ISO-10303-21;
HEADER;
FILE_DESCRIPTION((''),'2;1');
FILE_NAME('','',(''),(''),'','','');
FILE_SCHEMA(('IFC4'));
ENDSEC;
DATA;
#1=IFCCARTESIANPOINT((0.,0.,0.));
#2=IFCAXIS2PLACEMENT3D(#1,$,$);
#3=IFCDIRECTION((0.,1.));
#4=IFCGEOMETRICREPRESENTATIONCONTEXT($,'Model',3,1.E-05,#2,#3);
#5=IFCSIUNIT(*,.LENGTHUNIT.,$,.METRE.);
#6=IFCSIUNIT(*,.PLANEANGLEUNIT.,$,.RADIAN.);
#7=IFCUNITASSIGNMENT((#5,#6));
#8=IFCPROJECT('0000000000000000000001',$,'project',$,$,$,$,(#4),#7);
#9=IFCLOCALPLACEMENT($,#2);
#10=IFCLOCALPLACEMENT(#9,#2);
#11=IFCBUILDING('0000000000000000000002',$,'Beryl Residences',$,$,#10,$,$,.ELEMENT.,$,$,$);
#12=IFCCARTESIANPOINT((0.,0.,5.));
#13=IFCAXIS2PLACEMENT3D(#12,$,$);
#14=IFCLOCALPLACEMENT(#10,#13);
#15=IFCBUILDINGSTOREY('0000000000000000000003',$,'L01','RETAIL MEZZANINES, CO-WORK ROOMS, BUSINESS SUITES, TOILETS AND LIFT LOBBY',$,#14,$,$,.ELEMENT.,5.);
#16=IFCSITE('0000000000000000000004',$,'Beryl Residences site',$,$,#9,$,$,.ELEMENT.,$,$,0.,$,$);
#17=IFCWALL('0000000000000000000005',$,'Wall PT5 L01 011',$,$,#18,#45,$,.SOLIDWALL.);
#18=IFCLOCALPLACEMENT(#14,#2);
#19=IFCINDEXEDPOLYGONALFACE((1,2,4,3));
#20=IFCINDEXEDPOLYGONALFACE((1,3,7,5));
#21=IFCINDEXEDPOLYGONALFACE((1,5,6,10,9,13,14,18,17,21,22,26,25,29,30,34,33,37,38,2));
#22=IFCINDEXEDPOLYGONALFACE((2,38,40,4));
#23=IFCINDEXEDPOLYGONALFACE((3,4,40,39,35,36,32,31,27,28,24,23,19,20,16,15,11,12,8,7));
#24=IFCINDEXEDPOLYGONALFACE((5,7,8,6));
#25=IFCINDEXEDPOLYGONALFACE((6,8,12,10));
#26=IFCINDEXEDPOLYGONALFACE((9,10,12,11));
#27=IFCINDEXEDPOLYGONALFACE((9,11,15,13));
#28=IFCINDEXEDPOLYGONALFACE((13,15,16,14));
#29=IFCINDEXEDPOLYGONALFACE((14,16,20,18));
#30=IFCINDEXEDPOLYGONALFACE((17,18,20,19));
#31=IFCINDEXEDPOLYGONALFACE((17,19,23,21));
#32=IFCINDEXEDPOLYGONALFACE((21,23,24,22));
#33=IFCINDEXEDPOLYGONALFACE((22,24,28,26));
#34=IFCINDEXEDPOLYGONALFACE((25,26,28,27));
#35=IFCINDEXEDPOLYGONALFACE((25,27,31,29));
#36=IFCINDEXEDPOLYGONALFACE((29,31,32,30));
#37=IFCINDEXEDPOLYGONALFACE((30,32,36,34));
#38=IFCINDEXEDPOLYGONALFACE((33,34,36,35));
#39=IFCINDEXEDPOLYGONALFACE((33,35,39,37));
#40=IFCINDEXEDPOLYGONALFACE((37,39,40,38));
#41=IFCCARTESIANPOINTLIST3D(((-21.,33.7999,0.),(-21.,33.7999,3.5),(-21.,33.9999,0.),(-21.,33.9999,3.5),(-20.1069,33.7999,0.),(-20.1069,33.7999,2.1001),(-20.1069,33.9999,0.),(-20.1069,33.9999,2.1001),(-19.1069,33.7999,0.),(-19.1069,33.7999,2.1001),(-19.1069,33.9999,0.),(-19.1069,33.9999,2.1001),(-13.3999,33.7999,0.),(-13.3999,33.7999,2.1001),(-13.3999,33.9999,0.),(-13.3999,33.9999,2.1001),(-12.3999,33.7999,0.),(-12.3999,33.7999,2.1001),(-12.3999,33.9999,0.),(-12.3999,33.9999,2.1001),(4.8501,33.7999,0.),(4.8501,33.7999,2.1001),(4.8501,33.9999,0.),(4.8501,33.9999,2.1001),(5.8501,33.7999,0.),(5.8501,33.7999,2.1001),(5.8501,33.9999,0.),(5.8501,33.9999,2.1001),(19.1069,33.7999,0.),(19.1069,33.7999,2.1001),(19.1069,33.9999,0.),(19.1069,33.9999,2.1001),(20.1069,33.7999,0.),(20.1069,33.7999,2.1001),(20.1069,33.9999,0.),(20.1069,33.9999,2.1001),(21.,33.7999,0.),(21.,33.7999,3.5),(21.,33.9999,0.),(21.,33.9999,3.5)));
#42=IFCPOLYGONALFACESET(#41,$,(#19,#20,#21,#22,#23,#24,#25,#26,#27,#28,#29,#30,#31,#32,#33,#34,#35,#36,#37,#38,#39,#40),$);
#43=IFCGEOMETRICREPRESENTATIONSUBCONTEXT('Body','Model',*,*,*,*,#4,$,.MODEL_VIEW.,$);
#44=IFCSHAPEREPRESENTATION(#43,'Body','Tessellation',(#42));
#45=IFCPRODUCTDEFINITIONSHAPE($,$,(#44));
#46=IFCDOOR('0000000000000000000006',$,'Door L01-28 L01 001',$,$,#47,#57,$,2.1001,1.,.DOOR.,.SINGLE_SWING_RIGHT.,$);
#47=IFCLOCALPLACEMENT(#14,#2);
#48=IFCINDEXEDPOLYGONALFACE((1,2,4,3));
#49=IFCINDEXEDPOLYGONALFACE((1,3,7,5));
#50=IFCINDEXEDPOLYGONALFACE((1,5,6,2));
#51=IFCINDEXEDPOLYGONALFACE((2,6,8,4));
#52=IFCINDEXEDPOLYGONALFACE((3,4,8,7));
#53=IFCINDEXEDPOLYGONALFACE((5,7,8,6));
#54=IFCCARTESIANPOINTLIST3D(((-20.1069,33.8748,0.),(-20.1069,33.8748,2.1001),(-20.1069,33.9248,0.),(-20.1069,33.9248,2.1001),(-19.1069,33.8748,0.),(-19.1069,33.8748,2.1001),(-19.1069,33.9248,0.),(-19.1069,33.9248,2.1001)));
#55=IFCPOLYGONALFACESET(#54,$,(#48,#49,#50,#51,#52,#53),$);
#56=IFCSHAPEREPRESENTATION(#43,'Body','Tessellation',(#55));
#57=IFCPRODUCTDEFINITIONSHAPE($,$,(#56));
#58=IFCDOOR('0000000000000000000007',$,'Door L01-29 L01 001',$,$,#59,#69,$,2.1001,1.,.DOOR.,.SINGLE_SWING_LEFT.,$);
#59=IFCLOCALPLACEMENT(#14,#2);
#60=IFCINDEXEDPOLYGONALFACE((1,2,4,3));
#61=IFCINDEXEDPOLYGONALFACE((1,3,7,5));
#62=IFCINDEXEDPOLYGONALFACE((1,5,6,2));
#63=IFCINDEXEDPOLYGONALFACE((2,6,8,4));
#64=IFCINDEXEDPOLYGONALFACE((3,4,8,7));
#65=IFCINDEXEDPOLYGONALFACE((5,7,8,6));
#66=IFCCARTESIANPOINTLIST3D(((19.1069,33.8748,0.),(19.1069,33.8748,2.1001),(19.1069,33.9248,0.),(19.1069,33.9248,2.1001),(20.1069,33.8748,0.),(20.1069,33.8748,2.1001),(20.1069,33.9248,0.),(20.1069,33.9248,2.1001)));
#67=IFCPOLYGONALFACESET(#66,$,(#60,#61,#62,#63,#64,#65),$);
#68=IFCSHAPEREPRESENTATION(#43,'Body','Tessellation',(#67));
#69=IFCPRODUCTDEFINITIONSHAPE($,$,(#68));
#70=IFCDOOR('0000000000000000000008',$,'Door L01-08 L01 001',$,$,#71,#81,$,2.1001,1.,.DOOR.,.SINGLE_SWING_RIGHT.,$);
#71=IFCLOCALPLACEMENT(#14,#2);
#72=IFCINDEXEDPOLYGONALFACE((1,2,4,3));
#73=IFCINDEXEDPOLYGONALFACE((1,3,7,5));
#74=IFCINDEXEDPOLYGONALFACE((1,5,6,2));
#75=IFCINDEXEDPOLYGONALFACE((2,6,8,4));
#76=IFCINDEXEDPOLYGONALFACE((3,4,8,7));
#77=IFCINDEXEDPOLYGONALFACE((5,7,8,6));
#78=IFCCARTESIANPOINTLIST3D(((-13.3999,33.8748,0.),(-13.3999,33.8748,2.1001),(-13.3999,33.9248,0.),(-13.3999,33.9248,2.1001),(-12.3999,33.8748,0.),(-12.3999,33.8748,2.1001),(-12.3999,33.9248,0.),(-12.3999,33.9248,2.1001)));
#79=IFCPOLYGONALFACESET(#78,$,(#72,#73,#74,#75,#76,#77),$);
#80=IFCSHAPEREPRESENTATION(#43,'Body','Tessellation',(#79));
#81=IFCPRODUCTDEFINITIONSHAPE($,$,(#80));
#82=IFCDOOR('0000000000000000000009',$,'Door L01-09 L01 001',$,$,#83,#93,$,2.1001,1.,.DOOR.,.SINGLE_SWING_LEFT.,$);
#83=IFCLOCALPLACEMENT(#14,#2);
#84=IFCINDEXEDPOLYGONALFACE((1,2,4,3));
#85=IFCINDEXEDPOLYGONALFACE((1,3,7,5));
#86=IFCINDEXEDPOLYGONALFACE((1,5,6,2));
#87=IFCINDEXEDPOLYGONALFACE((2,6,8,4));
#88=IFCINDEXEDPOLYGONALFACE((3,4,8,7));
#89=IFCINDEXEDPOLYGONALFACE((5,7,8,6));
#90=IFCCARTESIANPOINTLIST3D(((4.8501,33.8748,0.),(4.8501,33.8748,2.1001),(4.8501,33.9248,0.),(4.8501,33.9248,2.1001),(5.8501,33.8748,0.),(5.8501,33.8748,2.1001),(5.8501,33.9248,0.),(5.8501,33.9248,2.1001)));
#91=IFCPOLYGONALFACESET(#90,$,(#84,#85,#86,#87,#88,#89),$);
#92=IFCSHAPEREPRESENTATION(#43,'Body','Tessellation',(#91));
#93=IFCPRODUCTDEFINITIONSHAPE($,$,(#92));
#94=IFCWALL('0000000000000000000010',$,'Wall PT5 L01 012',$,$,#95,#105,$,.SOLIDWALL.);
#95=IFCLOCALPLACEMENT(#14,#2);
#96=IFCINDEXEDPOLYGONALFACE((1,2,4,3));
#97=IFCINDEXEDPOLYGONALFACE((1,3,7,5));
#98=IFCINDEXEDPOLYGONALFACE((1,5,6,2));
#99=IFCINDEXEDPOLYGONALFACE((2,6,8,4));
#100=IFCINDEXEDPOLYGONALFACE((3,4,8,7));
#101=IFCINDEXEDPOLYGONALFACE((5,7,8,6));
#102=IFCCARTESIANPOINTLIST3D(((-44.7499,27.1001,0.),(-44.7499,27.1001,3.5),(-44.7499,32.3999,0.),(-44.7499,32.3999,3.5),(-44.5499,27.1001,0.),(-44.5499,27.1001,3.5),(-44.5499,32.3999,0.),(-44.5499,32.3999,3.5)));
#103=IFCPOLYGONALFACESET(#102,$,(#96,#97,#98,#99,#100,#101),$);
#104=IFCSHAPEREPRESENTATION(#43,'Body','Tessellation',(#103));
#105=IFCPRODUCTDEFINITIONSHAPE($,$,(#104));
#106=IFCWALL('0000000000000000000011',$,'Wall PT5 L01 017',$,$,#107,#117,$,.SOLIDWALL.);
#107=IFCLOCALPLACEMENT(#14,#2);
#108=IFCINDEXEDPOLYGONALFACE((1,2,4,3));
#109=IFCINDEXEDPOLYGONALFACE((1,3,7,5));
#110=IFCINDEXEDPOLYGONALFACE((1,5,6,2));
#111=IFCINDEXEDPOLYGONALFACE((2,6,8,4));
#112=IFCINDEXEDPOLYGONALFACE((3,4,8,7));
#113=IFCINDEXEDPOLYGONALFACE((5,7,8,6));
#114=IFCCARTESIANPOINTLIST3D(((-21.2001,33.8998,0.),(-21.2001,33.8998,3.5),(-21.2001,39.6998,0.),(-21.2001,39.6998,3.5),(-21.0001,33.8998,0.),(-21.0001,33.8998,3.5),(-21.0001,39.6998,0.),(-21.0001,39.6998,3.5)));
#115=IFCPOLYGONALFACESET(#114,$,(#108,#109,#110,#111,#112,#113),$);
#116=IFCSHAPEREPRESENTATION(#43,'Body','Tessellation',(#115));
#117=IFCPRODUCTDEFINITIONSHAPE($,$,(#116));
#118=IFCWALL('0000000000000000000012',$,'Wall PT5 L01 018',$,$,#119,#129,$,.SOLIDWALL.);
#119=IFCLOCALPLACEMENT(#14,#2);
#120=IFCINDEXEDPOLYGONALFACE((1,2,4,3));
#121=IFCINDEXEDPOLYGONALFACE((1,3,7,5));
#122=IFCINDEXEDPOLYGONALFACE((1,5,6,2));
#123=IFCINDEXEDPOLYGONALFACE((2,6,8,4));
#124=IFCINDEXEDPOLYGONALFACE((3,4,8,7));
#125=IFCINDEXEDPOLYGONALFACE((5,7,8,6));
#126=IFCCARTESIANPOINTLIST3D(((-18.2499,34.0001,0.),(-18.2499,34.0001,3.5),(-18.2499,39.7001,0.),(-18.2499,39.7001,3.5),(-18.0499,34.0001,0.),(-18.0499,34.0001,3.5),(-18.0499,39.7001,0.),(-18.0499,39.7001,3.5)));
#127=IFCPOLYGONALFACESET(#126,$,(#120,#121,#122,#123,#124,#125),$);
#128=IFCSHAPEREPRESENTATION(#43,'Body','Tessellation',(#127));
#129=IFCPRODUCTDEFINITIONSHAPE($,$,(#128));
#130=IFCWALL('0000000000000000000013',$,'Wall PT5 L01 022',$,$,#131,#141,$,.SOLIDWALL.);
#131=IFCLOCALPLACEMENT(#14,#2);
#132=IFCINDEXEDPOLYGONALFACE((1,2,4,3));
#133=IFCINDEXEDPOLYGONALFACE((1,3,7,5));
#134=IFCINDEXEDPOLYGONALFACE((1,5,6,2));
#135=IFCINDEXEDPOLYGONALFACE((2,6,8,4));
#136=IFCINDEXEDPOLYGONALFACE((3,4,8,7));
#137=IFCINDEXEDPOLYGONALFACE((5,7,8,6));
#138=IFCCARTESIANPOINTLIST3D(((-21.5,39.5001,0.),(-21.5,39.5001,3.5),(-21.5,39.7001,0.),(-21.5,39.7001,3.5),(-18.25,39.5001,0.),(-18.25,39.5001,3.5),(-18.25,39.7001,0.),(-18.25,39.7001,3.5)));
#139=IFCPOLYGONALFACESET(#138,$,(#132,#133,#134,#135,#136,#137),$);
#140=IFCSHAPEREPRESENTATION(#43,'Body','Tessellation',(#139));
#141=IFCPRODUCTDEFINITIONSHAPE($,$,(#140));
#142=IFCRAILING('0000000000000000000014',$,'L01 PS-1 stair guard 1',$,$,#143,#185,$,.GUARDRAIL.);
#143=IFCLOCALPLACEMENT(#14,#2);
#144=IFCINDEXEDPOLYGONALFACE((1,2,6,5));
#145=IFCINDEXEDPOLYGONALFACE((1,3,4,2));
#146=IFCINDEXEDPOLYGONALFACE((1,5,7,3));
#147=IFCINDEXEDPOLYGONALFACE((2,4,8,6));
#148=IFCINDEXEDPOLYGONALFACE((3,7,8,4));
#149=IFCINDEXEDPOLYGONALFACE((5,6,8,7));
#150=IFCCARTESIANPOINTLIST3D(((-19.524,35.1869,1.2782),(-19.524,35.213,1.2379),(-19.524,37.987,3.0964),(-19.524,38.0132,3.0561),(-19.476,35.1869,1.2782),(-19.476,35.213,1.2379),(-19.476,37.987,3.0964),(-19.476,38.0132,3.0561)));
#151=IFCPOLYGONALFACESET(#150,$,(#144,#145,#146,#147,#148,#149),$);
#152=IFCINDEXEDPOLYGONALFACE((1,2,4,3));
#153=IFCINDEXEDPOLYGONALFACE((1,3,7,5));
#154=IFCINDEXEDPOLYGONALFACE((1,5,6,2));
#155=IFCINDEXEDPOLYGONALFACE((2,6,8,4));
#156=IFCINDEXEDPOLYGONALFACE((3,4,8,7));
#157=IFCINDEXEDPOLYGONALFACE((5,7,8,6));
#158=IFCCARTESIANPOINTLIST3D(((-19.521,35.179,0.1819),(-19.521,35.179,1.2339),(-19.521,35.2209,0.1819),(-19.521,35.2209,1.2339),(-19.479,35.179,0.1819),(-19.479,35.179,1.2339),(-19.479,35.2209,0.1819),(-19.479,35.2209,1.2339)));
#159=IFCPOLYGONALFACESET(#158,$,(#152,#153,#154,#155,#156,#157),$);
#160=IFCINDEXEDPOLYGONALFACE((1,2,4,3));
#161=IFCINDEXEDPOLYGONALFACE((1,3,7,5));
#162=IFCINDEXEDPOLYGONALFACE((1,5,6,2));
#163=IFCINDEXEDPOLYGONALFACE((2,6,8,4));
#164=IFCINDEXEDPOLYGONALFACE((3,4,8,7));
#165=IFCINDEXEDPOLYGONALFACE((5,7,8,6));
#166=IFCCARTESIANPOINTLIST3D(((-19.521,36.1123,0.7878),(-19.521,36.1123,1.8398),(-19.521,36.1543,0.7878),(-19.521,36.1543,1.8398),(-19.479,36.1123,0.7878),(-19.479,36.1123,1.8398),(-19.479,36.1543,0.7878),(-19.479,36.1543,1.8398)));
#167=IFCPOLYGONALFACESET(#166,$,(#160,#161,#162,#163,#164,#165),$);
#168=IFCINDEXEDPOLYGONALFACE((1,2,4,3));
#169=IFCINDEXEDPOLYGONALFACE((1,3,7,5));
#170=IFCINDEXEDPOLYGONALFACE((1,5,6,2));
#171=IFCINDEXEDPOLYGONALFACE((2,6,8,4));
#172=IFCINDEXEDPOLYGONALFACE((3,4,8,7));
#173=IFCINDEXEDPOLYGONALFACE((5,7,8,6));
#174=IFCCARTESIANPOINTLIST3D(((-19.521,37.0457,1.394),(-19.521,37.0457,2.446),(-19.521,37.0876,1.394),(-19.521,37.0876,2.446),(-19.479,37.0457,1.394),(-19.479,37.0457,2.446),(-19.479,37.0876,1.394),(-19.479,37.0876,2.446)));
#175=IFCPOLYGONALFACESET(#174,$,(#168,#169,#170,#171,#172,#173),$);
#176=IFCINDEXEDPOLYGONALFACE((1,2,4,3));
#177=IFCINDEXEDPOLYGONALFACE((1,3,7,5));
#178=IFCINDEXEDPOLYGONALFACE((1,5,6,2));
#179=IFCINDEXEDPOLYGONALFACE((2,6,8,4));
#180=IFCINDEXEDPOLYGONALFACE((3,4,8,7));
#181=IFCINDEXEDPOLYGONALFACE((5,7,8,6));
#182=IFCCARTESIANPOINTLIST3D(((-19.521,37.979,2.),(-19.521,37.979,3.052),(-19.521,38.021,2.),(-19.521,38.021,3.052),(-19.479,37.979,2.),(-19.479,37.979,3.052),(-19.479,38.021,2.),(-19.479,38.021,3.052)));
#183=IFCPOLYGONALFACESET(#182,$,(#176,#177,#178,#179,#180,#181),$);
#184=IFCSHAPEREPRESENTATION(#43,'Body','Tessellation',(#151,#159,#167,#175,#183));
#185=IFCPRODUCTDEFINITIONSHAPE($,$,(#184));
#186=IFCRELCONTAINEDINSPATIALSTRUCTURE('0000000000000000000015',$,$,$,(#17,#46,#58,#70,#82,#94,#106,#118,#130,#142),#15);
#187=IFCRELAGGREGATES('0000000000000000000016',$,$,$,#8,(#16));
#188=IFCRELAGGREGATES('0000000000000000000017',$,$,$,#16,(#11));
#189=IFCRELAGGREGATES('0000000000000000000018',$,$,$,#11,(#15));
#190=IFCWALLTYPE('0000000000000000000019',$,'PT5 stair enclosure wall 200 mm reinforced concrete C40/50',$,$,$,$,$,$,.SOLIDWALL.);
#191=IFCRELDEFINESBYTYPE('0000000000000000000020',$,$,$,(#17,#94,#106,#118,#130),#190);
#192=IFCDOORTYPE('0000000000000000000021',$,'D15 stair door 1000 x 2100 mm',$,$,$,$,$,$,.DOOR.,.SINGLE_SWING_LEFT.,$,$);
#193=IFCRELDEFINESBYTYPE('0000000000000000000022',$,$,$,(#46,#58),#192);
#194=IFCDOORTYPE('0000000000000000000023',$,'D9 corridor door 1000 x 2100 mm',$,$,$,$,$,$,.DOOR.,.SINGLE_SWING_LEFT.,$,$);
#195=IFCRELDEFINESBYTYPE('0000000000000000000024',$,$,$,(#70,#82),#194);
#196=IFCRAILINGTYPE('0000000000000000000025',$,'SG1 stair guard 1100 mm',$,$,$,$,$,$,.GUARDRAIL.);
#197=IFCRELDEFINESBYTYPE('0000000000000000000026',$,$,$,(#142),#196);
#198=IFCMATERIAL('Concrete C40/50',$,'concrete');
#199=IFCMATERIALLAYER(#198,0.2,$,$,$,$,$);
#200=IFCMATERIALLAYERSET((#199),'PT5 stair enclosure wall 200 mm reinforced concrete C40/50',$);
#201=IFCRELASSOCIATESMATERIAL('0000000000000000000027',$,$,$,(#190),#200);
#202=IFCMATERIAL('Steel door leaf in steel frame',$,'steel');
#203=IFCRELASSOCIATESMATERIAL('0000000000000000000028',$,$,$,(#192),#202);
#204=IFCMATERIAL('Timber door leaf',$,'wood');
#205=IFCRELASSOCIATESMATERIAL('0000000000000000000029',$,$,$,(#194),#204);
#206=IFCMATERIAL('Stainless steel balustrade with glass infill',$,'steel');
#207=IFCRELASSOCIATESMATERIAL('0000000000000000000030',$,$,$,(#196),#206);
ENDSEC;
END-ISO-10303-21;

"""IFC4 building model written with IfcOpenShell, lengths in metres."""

from ifc_helpers import new_model, si_unit, direction, frame, frame_2d, origin, origin_2d, place, context, subcontext, project, spatial, rectangle, extrude, material, layer, layer_set, type_object, element, fill, save


model = new_model("IFC4")

# Units and contexts
model_context = context("Model", 3, precision=1e-05, world=origin(), true_north=direction((0.0, 1.0)))
body_context = subcontext(model_context, "Body", "Model", "MODEL_VIEW")
ifc_project = project(units=[si_unit("LENGTHUNIT", "METRE"), si_unit("PLANEANGLEUNIT", "RADIAN")], contexts=[model_context])

# Site, building, storey
site_placement = place(None, origin())
site = spatial("IfcSite", under=ifc_project, at=site_placement, Name="Beryl Residences site", CompositionType="ELEMENT", RefElevation=0.0)
building_placement = place(site_placement, origin())
building = spatial("IfcBuilding", under=site, at=building_placement, Name="Beryl Residences", CompositionType="ELEMENT")
storey_placement = place(building_placement, frame((0.0, 0.0, 5.0)))
storey = spatial("IfcBuildingStorey", under=building, at=storey_placement, Name="L01", Description="RETAIL MEZZANINES, CO-WORK ROOMS, BUSINESS SUITES, TOILETS AND LIFT LOBBY", CompositionType="ELEMENT", Elevation=5.0)

# Wall, openings, doors
ifc_material_1 = material(Name="Concrete C40/50", Category="concrete")
ifc_layer_1 = layer(ifc_material_1, 0.2)
ifc_layer_set_1 = layer_set([ifc_layer_1], Name="PT5 stair enclosure wall 200 mm reinforced concrete C40/50")
wall_type_1 = type_object("IfcWallType", Name="PT5 stair enclosure wall 200 mm reinforced concrete C40/50", PredefinedType="SOLIDWALL", material=ifc_layer_set_1)
wall_1_placement = place(storey_placement, frame((-21.0, 33.8999, 0.0), z_axis=(0.0, 0.0, 1.0), x_axis=(1.0, 0.0, 0.0)))
wall_1 = element("IfcWall", 1, at=wall_1_placement, inside=storey, type_object=wall_type_1, Name="Wall PT5 L01 011", PredefinedType="SOLIDWALL", context=body_context, shape_type="SweptSolid", body=[
    extrude(rectangle(XDim=42.0, YDim=0.2, at=frame_2d((21.0, 0.0))), origin(), (0.0, 0.0, 1.0), 3.5),
])
opening_1_placement = place(wall_1_placement, frame((7.6001, 0.0, 0.0)))
opening_1 = element("IfcOpeningElement", 2, at=opening_1_placement, cuts=wall_1, PredefinedType="OPENING", context=body_context, shape_type="SweptSolid", body=[
    extrude(rectangle(XDim=1.0, YDim=2.1001, at=frame_2d((0.5, 1.05))), frame((0.0, 0.1099, 0.0), z_axis=(0.0, -1.0, 0.0), x_axis=(1.0, 0.0, 0.0)), (0.0, 0.0, 1.0), 0.22),
])
opening_2_placement = place(wall_1_placement, frame((25.8501, 0.0, 0.0)))
opening_2 = element("IfcOpeningElement", 3, at=opening_2_placement, cuts=wall_1, PredefinedType="OPENING", context=body_context, shape_type="SweptSolid", body=[
    extrude(rectangle(XDim=1.0, YDim=2.1001, at=frame_2d((0.5, 1.05))), frame((0.0, 0.1099, 0.0), z_axis=(0.0, -1.0, 0.0), x_axis=(1.0, 0.0, 0.0)), (0.0, 0.0, 1.0), 0.22),
])
opening_3_placement = place(wall_1_placement, frame((0.8931, 0.0, 0.0)))
opening_3 = element("IfcOpeningElement", 4, at=opening_3_placement, cuts=wall_1, PredefinedType="OPENING", context=body_context, shape_type="SweptSolid", body=[
    extrude(rectangle(XDim=1.0, YDim=2.1001, at=frame_2d((0.5, 1.05))), frame((0.0, 0.1099, 0.0), z_axis=(0.0, -1.0, 0.0), x_axis=(1.0, 0.0, 0.0)), (0.0, 0.0, 1.0), 0.22),
])
opening_4_placement = place(wall_1_placement, frame((40.1069, 0.0, 0.0)))
opening_4 = element("IfcOpeningElement", 5, at=opening_4_placement, cuts=wall_1, PredefinedType="OPENING", context=body_context, shape_type="SweptSolid", body=[
    extrude(rectangle(XDim=1.0, YDim=2.1001, at=frame_2d((0.5, 1.05))), frame((0.0, 0.1099, 0.0), z_axis=(0.0, -1.0, 0.0), x_axis=(1.0, 0.0, 0.0)), (0.0, 0.0, 1.0), 0.22),
])
ifc_material_2 = material(Name="Steel door leaf in steel frame", Category="steel")
door_type_1 = type_object("IfcDoorType", Name="D15 stair door 1000 x 2100 mm", OperationType="SINGLE_SWING_LEFT", PredefinedType="DOOR", material=ifc_material_2)
door_1_placement = place(opening_3_placement, origin())
door_1 = element("IfcDoor", 6, at=door_1_placement, inside=storey, type_object=door_type_1, Name="Door L01-28 L01 001", OperationType="SINGLE_SWING_RIGHT", OverallHeight=2.1001, OverallWidth=1.0, PredefinedType="DOOR", context=body_context, shape_type="SweptSolid", body=[
    extrude(rectangle(XDim=1.0, YDim=2.1001, at=frame_2d((0.5, 1.05))), frame((0.0, 0.0249, 0.0), z_axis=(0.0, -1.0, 0.0), x_axis=(1.0, 0.0, 0.0)), (0.0, 0.0, 1.0), 0.05),
])
fill(opening_3, door_1)
door_2_placement = place(opening_4_placement, origin())
door_2 = element("IfcDoor", 7, at=door_2_placement, inside=storey, type_object=door_type_1, Name="Door L01-29 L01 001", OperationType="SINGLE_SWING_LEFT", OverallHeight=2.1001, OverallWidth=1.0, PredefinedType="DOOR", context=body_context, shape_type="SweptSolid", body=[
    extrude(rectangle(XDim=1.0, YDim=2.1001, at=frame_2d((0.5, 1.05))), frame((0.0, 0.0249, 0.0), z_axis=(0.0, -1.0, 0.0), x_axis=(1.0, 0.0, 0.0)), (0.0, 0.0, 1.0), 0.05),
])
fill(opening_4, door_2)
ifc_material_3 = material(Name="Timber door leaf", Category="wood")
door_type_2 = type_object("IfcDoorType", Name="D9 corridor door 1000 x 2100 mm", OperationType="SINGLE_SWING_LEFT", PredefinedType="DOOR", material=ifc_material_3)
door_3_placement = place(opening_1_placement, origin())
door_3 = element("IfcDoor", 8, at=door_3_placement, inside=storey, type_object=door_type_2, Name="Door L01-08 L01 001", OperationType="SINGLE_SWING_RIGHT", OverallHeight=2.1001, OverallWidth=1.0, PredefinedType="DOOR", context=body_context, shape_type="SweptSolid", body=[
    extrude(rectangle(XDim=1.0, YDim=2.1001, at=frame_2d((0.5, 1.05))), frame((0.0, 0.0249, 0.0), z_axis=(0.0, -1.0, 0.0), x_axis=(1.0, 0.0, 0.0)), (0.0, 0.0, 1.0), 0.05),
])
fill(opening_1, door_3)
door_4_placement = place(opening_2_placement, origin())
door_4 = element("IfcDoor", 9, at=door_4_placement, inside=storey, type_object=door_type_2, Name="Door L01-09 L01 001", OperationType="SINGLE_SWING_LEFT", OverallHeight=2.1001, OverallWidth=1.0, PredefinedType="DOOR", context=body_context, shape_type="SweptSolid", body=[
    extrude(rectangle(XDim=1.0, YDim=2.1001, at=frame_2d((0.5, 1.05))), frame((0.0, 0.0249, 0.0), z_axis=(0.0, -1.0, 0.0), x_axis=(1.0, 0.0, 0.0)), (0.0, 0.0, 1.0), 0.05),
])
fill(opening_2, door_4)

# Walls
wall_2_placement = place(storey_placement, frame((-44.6499, 27.1001, 0.0), z_axis=(0.0, 0.0, 1.0), x_axis=(0.0, 1.0, 0.0)))
element("IfcWall", 10, at=wall_2_placement, inside=storey, type_object=wall_type_1, Name="Wall PT5 L01 012", PredefinedType="SOLIDWALL", context=body_context, shape_type="SweptSolid", body=[
    extrude(rectangle(XDim=5.2998, YDim=0.2, at=frame_2d((2.6499, 0.0))), origin(), (0.0, 0.0, 1.0), 3.5),
])
wall_3_placement = place(storey_placement, frame((-21.1001, 33.8999, 0.0), z_axis=(0.0, 0.0, 1.0), x_axis=(0.0, 1.0, 0.0)))
element("IfcWall", 11, at=wall_3_placement, inside=storey, type_object=wall_type_1, Name="Wall PT5 L01 017", PredefinedType="SOLIDWALL", context=body_context, shape_type="SweptSolid", body=[
    extrude(rectangle(XDim=5.8, YDim=0.2, at=frame_2d((2.8999, 0.0))), origin(), (0.0, 0.0, 1.0), 3.5),
])
wall_4_placement = place(storey_placement, frame((-18.1499, 34.0, 0.0), z_axis=(0.0, 0.0, 1.0), x_axis=(0.0, 1.0, 0.0)))
element("IfcWall", 12, at=wall_4_placement, inside=storey, type_object=wall_type_1, Name="Wall PT5 L01 018", PredefinedType="SOLIDWALL", context=body_context, shape_type="SweptSolid", body=[
    extrude(rectangle(XDim=5.7, YDim=0.2, at=frame_2d((2.8501, 0.0))), origin(), (0.0, 0.0, 1.0), 3.5),
])
wall_5_placement = place(storey_placement, frame((-21.5, 39.6001, 0.0), z_axis=(0.0, 0.0, 1.0), x_axis=(1.0, 0.0, 0.0)))
element("IfcWall", 13, at=wall_5_placement, inside=storey, type_object=wall_type_1, Name="Wall PT5 L01 022", PredefinedType="SOLIDWALL", context=body_context, shape_type="SweptSolid", body=[
    extrude(rectangle(XDim=3.25, YDim=0.2, at=frame_2d((1.625, 0.0))), origin(), (0.0, 0.0, 1.0), 3.5),
])

# Railing
ifc_material_4 = material(Name="Stainless steel balustrade with glass infill", Category="steel")
railing_type_1 = type_object("IfcRailingType", Name="SG1 stair guard 1100 mm", PredefinedType="GUARDRAIL", material=ifc_material_4)
railing_1_placement = place(storey_placement, frame((-19.5, 35.2, 0.1819)))
element("IfcRailing", 14, at=railing_1_placement, inside=storey, type_object=railing_type_1, Name="L01 PS-1 stair guard 1", PredefinedType="GUARDRAIL", context=body_context, shape_type="SweptSolid", body=[
    extrude(rectangle(XDim=0.0481, YDim=0.0481, at=origin_2d()), frame((0.0, 0.0, 1.0762), z_axis=(0.0, 0.838706, 0.544585), x_axis=(-1.0, 0.0, 0.0)), (0.0, 0.0, 1.0), 3.3386),
    extrude(rectangle(XDim=0.042, YDim=0.042, at=origin_2d()), origin(), (0.0, 0.0, 1.0), 1.052),
    extrude(rectangle(XDim=0.042, YDim=0.042, at=origin_2d()), frame((0.0, 0.9333, 0.606)), (0.0, 0.0, 1.0), 1.052),
    extrude(rectangle(XDim=0.042, YDim=0.042, at=origin_2d()), frame((0.0, 1.8667, 1.2122)), (0.0, 0.0, 1.0), 1.052),
    extrude(rectangle(XDim=0.042, YDim=0.042, at=origin_2d()), frame((0.0, 2.8, 1.8181)), (0.0, 0.0, 1.0), 1.052),
])

save(model, "model.ifc")
